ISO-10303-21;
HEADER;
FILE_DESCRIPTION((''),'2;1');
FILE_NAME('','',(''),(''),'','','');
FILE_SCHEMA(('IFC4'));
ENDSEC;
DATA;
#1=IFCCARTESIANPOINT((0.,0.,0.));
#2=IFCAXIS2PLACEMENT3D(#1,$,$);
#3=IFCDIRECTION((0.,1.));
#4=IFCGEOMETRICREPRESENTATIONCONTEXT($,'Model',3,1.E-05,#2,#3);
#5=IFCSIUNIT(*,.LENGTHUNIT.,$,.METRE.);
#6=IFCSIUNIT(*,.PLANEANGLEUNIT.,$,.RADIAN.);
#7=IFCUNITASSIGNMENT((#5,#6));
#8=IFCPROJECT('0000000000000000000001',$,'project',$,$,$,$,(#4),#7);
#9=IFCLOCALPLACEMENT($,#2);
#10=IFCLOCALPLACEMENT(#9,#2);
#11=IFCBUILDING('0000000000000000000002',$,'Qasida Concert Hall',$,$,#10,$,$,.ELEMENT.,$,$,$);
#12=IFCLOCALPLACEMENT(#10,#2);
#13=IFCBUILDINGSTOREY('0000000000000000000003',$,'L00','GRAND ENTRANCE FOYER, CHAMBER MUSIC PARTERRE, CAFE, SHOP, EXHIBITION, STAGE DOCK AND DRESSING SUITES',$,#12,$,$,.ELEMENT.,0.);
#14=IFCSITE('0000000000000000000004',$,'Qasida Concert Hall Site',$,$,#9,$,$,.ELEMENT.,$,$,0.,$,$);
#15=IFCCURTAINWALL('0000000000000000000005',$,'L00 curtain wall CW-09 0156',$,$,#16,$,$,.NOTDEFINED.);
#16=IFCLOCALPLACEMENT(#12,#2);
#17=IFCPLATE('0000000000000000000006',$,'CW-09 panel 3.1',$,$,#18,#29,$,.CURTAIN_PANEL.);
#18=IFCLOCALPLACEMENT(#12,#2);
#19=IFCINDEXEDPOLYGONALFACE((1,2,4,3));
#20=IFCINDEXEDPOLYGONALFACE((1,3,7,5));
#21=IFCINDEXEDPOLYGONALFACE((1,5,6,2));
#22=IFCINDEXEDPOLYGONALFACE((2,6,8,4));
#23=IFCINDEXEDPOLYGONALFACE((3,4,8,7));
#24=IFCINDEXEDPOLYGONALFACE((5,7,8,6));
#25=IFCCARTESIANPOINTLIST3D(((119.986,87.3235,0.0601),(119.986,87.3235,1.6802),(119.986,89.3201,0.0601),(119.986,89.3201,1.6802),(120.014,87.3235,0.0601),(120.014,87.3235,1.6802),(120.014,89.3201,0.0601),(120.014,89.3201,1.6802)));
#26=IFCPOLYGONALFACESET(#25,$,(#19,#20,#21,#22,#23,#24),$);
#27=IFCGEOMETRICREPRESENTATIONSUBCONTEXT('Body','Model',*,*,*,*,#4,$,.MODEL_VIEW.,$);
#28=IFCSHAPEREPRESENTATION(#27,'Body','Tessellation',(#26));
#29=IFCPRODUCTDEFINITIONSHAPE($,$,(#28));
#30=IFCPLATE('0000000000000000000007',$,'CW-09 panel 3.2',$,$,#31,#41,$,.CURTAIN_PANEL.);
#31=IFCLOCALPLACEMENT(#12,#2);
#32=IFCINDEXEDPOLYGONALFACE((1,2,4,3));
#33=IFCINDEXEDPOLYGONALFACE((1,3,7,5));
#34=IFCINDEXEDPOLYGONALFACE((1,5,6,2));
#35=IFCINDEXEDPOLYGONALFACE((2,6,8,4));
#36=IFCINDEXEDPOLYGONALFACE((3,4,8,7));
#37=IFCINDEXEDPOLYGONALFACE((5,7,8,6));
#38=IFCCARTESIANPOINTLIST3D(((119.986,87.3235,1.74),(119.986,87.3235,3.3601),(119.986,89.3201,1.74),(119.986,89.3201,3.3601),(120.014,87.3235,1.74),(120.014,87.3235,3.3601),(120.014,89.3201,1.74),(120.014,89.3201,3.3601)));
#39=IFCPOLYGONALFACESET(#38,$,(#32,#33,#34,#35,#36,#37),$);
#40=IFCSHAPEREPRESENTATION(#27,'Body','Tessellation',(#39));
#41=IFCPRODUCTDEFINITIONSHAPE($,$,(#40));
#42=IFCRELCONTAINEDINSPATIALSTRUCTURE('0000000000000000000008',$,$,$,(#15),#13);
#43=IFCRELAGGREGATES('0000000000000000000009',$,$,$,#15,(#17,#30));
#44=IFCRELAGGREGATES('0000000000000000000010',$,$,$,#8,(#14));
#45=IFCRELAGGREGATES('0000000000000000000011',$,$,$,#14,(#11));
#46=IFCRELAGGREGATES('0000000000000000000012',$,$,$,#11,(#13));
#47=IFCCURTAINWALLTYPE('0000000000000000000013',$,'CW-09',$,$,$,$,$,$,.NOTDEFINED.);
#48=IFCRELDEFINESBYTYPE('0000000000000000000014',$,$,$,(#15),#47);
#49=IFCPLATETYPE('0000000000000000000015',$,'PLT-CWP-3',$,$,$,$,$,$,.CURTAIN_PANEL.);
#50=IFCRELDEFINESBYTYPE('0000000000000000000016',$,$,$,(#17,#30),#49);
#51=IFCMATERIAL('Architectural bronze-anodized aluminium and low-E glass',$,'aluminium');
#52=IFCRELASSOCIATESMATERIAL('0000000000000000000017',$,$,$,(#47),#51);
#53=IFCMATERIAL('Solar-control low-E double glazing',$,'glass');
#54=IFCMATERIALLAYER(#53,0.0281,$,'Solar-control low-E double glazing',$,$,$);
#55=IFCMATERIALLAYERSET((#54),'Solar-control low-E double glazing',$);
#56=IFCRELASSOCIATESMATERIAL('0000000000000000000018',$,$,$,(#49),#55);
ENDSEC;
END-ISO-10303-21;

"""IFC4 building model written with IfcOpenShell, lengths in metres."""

from ifc_helpers import new_model, si_unit, direction, frame, origin, origin_2d, place, context, subcontext, project, spatial, rectangle, extrude, material, layer, layer_set, type_object, element, aggregate, save


model = new_model("IFC4")

# Units and contexts
model_context = context("Model", 3, precision=1e-05, world=origin(), true_north=direction((0.0, 1.0)))
body_context = subcontext(model_context, "Body", "Model", "MODEL_VIEW")
ifc_project = project(units=[si_unit("LENGTHUNIT", "METRE"), si_unit("PLANEANGLEUNIT", "RADIAN")], contexts=[model_context])

# Site, building, storey
site_placement = place(None, origin())
site = spatial("IfcSite", under=ifc_project, at=site_placement, Name="Qasida Concert Hall Site", CompositionType="ELEMENT", RefElevation=0.0)
building_placement = place(site_placement, origin())
building = spatial("IfcBuilding", under=site, at=building_placement, Name="Qasida Concert Hall", CompositionType="ELEMENT")
storey_placement = place(building_placement, origin())
storey = spatial("IfcBuildingStorey", under=building, at=storey_placement, Name="L00", Description="GRAND ENTRANCE FOYER, CHAMBER MUSIC PARTERRE, CAFE, SHOP, EXHIBITION, STAGE DOCK AND DRESSING SUITES", CompositionType="ELEMENT", Elevation=0.0)

# Curtain wall, plates
ifc_material_1 = material(Name="Architectural bronze-anodized aluminium and low-E glass", Category="aluminium")
curtain_wall_type = type_object("IfcCurtainWallType", Name="CW-09", PredefinedType="NOTDEFINED", material=ifc_material_1)
curtain_wall_placement = place(storey_placement, origin())
curtain_wall = element("IfcCurtainWall", 1, at=curtain_wall_placement, inside=storey, type_object=curtain_wall_type, Name="L00 curtain wall CW-09 0156", PredefinedType="NOTDEFINED")
ifc_material_2 = material(Name="Solar-control low-E double glazing", Category="glass")
ifc_layer = layer(ifc_material_2, 0.0281, Name="Solar-control low-E double glazing")
ifc_layer_set = layer_set([ifc_layer], Name="Solar-control low-E double glazing")
plate_type = type_object("IfcPlateType", Name="PLT-CWP-3", PredefinedType="CURTAIN_PANEL", material=ifc_layer_set)
plate_1_placement = place(storey_placement, frame((120.0, 88.3218, 0.0601), z_axis=(0.0, 0.0, 1.0), x_axis=(0.0, 1.0, 0.0)))
plate_1 = element("IfcPlate", 2, at=plate_1_placement, type_object=plate_type, Name="CW-09 panel 3.1", PredefinedType="CURTAIN_PANEL", context=body_context, shape_type="SweptSolid", body=[
    extrude(rectangle(XDim=1.9966, YDim=0.0281, at=origin_2d()), origin(), (0.0, 0.0, 1.0), 1.6201),
])
plate_2_placement = place(storey_placement, frame((120.0, 88.3218, 1.74), z_axis=(0.0, 0.0, 1.0), x_axis=(0.0, 1.0, 0.0)))
plate_2 = element("IfcPlate", 3, at=plate_2_placement, type_object=plate_type, Name="CW-09 panel 3.2", PredefinedType="CURTAIN_PANEL", context=body_context, shape_type="SweptSolid", body=[
    extrude(rectangle(XDim=1.9966, YDim=0.0281, at=origin_2d()), origin(), (0.0, 0.0, 1.0), 1.6201),
])
aggregate(curtain_wall, [plate_1, plate_2])

save(model, "model.ifc")
